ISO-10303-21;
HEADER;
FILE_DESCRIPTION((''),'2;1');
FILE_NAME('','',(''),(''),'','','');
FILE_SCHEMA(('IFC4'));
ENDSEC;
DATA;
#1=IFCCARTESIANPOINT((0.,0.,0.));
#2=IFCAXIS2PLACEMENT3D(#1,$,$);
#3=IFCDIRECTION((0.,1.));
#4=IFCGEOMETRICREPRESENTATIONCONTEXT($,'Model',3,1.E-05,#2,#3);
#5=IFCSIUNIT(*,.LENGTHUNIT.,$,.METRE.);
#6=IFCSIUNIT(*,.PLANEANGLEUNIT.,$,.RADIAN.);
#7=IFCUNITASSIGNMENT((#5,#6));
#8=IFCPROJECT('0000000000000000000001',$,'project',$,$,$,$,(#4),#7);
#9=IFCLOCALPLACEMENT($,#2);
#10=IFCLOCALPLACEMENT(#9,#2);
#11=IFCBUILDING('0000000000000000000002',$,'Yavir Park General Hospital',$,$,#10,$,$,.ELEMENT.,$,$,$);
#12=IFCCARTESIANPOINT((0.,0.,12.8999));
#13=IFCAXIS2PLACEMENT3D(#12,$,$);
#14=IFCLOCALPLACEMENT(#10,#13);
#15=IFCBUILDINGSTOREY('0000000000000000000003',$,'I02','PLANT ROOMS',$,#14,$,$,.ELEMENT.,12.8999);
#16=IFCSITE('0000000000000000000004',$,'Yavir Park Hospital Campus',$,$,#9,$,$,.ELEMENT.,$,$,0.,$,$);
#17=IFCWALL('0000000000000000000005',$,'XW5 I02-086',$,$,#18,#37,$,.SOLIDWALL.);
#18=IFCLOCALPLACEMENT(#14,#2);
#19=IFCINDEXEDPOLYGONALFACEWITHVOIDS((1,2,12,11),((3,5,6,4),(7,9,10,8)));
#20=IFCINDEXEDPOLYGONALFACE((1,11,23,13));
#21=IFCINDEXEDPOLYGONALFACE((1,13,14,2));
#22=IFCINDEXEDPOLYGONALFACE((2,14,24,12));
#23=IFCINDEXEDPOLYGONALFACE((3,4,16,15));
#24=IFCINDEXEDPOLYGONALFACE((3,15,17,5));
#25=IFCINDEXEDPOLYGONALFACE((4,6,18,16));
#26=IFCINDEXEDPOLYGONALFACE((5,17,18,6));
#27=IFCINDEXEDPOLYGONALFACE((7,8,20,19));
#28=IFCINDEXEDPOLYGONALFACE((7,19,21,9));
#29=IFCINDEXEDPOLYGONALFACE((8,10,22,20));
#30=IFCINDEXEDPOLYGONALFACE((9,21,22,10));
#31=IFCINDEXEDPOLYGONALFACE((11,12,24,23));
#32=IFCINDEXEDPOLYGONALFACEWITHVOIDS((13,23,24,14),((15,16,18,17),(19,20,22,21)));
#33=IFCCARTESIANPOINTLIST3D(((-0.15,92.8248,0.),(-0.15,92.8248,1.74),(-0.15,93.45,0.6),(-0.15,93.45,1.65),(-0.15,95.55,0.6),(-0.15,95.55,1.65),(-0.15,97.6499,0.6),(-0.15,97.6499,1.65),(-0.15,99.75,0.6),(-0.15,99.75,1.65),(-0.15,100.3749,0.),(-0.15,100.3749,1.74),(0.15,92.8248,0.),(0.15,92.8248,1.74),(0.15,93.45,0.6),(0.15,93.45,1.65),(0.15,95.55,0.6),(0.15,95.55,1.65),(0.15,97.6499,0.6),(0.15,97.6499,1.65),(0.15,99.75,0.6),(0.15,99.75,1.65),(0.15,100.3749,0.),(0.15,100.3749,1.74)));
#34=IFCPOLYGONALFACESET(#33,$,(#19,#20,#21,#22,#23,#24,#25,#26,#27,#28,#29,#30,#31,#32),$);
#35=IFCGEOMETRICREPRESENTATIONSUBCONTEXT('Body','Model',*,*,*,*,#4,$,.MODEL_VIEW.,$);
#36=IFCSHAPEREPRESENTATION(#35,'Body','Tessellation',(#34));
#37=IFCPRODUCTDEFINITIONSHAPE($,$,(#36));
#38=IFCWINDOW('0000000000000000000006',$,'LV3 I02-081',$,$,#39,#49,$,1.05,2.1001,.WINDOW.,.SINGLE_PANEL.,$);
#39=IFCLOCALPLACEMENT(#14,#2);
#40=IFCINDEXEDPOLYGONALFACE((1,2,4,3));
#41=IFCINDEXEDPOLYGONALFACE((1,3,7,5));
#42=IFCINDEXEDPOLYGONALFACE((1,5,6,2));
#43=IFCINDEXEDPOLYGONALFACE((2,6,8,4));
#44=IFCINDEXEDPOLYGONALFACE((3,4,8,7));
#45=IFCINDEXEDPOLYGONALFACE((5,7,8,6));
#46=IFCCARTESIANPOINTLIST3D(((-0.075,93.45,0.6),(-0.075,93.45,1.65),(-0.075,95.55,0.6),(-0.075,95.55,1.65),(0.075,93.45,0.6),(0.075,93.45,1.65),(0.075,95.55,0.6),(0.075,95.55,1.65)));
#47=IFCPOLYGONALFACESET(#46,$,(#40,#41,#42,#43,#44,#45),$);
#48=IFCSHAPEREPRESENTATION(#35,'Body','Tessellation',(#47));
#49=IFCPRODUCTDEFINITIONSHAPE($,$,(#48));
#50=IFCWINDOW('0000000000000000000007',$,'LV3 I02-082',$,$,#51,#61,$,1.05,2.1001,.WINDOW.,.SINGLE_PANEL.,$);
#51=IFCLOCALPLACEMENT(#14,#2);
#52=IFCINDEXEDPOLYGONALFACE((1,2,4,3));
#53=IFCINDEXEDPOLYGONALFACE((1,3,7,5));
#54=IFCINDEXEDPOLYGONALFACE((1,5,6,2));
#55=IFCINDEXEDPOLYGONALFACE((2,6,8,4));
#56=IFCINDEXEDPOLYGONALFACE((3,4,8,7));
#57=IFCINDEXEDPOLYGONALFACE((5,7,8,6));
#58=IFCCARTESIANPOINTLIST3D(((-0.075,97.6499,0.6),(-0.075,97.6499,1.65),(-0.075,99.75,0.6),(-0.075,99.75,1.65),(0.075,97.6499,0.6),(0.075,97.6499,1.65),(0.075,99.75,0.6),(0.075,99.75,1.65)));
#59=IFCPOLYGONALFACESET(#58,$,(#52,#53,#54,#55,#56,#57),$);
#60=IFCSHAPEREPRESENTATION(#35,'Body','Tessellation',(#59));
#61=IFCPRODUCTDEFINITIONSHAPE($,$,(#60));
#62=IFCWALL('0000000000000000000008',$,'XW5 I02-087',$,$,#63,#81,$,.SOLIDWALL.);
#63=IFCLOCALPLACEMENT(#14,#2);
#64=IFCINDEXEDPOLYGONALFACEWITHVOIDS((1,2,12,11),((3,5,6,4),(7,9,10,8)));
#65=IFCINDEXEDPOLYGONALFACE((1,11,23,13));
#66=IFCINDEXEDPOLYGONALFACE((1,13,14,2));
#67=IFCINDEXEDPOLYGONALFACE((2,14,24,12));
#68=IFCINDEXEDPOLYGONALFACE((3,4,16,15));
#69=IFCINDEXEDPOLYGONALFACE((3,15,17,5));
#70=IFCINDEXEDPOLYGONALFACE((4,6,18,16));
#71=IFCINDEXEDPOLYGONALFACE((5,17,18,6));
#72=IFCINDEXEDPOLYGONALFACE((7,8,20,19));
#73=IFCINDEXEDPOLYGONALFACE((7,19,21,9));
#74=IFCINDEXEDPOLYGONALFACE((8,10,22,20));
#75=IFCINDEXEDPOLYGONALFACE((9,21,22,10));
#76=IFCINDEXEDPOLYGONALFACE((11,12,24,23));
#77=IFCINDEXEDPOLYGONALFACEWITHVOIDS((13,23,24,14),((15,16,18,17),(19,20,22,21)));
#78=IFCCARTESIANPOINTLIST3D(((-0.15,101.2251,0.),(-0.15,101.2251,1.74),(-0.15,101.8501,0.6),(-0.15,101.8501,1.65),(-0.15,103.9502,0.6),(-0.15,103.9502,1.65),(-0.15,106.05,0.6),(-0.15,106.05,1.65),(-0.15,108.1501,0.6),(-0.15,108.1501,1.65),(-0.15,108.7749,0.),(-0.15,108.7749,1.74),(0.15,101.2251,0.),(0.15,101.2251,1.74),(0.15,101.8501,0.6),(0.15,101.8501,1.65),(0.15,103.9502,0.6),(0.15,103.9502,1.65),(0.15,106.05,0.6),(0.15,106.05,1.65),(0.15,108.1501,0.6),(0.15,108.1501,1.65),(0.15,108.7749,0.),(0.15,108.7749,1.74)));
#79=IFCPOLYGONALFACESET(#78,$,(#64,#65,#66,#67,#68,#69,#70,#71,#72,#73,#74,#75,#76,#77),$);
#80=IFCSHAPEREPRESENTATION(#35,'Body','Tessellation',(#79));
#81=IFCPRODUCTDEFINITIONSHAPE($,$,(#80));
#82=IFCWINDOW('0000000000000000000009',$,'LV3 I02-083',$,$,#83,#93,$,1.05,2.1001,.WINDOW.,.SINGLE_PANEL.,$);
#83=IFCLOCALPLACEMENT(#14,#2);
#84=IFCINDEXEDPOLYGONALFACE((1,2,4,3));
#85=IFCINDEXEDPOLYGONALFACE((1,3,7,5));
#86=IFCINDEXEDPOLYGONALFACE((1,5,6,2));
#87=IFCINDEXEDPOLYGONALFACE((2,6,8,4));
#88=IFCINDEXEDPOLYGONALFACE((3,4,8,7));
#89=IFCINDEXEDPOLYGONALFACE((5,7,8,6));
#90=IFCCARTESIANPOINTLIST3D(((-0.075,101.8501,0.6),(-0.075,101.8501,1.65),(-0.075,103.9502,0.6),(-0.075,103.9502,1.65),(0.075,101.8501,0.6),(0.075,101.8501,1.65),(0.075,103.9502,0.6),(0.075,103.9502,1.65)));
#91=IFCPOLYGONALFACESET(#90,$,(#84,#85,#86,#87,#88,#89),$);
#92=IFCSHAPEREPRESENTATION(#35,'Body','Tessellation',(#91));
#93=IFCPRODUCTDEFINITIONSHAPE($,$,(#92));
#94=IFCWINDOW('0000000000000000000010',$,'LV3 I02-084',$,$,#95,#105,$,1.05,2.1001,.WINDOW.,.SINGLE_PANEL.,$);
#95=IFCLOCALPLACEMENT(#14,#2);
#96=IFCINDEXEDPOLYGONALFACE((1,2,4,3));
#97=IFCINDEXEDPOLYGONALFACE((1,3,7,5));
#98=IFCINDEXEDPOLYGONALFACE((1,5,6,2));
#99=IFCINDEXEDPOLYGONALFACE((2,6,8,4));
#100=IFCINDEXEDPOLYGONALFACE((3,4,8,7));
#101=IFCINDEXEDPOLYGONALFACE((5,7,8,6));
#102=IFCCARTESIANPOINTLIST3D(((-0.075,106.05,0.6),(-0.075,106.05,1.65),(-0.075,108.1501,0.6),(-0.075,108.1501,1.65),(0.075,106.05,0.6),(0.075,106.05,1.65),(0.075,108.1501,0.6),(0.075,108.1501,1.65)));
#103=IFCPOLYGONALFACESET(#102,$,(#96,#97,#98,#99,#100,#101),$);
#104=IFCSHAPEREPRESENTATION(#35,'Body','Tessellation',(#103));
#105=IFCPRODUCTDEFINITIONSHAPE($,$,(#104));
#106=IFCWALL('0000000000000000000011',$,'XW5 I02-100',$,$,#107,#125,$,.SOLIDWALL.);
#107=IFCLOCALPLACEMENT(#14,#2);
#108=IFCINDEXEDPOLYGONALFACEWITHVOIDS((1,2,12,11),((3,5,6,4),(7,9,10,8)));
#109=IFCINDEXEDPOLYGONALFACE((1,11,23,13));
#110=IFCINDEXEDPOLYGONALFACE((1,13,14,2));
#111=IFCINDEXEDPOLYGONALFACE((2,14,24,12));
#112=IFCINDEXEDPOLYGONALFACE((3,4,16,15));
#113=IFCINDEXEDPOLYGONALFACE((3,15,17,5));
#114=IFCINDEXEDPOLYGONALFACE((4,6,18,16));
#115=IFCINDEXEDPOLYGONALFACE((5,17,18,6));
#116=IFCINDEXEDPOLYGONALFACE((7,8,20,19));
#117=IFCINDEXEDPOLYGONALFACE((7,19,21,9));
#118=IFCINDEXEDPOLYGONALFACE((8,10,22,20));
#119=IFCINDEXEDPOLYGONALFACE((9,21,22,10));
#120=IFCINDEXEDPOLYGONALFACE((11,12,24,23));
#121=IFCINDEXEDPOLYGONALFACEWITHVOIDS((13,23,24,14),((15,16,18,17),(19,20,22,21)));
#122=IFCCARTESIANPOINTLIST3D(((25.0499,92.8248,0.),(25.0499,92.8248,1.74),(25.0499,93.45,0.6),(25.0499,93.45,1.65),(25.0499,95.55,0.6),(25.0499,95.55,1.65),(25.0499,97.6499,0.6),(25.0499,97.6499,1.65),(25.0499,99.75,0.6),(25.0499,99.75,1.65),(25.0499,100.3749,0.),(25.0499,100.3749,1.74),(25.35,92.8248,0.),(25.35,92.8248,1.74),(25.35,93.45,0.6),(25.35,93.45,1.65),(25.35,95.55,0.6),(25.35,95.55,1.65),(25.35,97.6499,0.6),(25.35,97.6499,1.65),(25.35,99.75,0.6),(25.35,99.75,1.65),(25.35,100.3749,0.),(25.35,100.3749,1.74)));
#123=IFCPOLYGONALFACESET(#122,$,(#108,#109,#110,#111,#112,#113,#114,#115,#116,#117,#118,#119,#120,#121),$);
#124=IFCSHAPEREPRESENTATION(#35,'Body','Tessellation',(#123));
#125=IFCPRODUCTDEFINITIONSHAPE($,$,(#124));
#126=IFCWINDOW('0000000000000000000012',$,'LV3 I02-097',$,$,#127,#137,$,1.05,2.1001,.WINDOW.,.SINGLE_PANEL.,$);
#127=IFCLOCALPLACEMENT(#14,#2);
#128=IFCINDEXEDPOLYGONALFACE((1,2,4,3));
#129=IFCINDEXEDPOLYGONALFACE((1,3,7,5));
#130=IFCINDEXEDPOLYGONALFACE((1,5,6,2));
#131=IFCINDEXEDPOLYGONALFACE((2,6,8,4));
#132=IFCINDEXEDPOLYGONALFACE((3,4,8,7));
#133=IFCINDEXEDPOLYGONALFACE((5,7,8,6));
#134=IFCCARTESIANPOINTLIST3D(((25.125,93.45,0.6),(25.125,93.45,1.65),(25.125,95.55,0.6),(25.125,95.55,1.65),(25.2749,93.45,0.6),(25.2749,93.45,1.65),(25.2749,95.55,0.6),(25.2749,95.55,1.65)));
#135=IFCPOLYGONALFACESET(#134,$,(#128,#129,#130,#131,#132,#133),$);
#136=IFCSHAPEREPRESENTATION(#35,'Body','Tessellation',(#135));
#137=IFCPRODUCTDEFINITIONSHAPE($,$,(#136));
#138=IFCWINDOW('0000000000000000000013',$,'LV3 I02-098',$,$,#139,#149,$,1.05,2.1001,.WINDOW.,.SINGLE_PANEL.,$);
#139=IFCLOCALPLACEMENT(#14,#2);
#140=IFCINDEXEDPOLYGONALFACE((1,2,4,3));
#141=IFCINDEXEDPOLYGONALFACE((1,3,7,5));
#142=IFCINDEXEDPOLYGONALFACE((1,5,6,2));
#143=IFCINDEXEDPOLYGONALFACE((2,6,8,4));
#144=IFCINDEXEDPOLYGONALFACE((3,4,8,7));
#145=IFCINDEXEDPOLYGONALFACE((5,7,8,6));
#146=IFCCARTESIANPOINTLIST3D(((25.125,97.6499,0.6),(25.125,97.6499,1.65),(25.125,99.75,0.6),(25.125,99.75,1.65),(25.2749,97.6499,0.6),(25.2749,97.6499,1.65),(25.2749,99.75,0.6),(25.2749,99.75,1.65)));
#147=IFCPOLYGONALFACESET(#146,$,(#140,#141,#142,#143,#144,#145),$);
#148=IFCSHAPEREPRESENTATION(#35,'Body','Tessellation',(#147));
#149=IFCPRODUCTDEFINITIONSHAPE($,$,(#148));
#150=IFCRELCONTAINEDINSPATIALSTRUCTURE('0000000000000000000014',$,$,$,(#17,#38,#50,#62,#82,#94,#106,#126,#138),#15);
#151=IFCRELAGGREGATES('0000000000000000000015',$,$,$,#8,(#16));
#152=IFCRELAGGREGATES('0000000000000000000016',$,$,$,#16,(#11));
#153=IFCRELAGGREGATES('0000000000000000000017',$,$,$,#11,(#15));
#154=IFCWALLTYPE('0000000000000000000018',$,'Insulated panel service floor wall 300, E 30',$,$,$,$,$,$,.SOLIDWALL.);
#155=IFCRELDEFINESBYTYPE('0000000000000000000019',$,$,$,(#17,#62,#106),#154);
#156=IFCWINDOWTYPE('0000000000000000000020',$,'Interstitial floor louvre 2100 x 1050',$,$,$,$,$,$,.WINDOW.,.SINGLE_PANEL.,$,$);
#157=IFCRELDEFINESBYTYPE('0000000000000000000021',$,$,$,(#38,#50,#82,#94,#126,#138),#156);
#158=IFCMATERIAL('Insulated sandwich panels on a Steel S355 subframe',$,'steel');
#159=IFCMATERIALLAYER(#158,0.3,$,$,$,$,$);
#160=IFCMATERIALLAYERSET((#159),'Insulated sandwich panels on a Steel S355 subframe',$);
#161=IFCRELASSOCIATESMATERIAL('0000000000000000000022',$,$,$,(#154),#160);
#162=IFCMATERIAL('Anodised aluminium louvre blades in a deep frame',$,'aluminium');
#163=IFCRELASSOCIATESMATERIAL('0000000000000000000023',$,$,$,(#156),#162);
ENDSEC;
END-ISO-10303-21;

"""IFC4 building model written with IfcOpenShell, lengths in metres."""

from ifc_helpers import new_model, si_unit, direction, frame, frame_2d, origin, place, context, subcontext, project, spatial, rectangle, extrude, material, layer, layer_set, type_object, element, fill, save


model = new_model("IFC4")

# Units and contexts
model_context = context("Model", 3, precision=1e-05, world=origin(), true_north=direction((0.0, 1.0)))
body_context = subcontext(model_context, "Body", "Model", "MODEL_VIEW")
ifc_project = project(units=[si_unit("LENGTHUNIT", "METRE"), si_unit("PLANEANGLEUNIT", "RADIAN")], contexts=[model_context])

# Site, building, storey
site_placement = place(None, origin())
site = spatial("IfcSite", under=ifc_project, at=site_placement, Name="Yavir Park Hospital Campus", CompositionType="ELEMENT", RefElevation=0.0)
building_placement = place(site_placement, origin())
building = spatial("IfcBuilding", under=site, at=building_placement, Name="Yavir Park General Hospital", CompositionType="ELEMENT")
storey_placement = place(building_placement, frame((0.0, 0.0, 12.8999)))
storey = spatial("IfcBuildingStorey", under=building, at=storey_placement, Name="I02", Description="PLANT ROOMS", CompositionType="ELEMENT", Elevation=12.8999)

# Walls, openings, windows
ifc_material_1 = material(Name="Insulated sandwich panels on a Steel S355 subframe", Category="steel")
ifc_layer_1 = layer(ifc_material_1, 0.3)
ifc_layer_set_1 = layer_set([ifc_layer_1], Name="Insulated sandwich panels on a Steel S355 subframe")
wall_type_1 = type_object("IfcWallType", Name="Insulated panel service floor wall 300, E 30", PredefinedType="SOLIDWALL", material=ifc_layer_set_1)
wall_1_placement = place(storey_placement, frame((0.0, 92.825, 0.0), z_axis=(0.0, 0.0, 1.0), x_axis=(0.0, 1.0, 0.0)))
wall_1 = element("IfcWall", 1, at=wall_1_placement, inside=storey, type_object=wall_type_1, Name="XW5 I02-086", PredefinedType="SOLIDWALL", context=body_context, shape_type="SweptSolid", body=[
    extrude(rectangle(XDim=7.55, YDim=0.3, at=frame_2d((3.7749, 0.0))), origin(), (0.0, 0.0, 1.0), 1.74),
])
opening_1_placement = place(wall_1_placement, frame((0.625, 0.0, 0.6001)))
opening_1 = element("IfcOpeningElement", 2, at=opening_1_placement, cuts=wall_1, PredefinedType="OPENING", context=body_context, shape_type="SweptSolid", body=[
    extrude(rectangle(XDim=2.1001, YDim=1.05, at=frame_2d((1.05, 0.5249))), frame((0.0, 0.1599, 0.0), z_axis=(0.0, -1.0, 0.0), x_axis=(1.0, 0.0, 0.0)), (0.0, 0.0, 1.0), 0.3201),
])
opening_2_placement = place(wall_1_placement, frame((4.825, 0.0, 0.6001)))
opening_2 = element("IfcOpeningElement", 3, at=opening_2_placement, cuts=wall_1, PredefinedType="OPENING", context=body_context, shape_type="SweptSolid", body=[
    extrude(rectangle(XDim=2.1001, YDim=1.05, at=frame_2d((1.05, 0.5249))), frame((0.0, 0.1599, 0.0), z_axis=(0.0, -1.0, 0.0), x_axis=(1.0, 0.0, 0.0)), (0.0, 0.0, 1.0), 0.3201),
])
ifc_material_2 = material(Name="Anodised aluminium louvre blades in a deep frame", Category="aluminium")
window_type = type_object("IfcWindowType", Name="Interstitial floor louvre 2100 x 1050", PartitioningType="SINGLE_PANEL", PredefinedType="WINDOW", material=ifc_material_2)
window_1_placement = place(opening_1_placement, origin())
window_1 = element("IfcWindow", 4, at=window_1_placement, inside=storey, type_object=window_type, Name="LV3 I02-081", OverallHeight=1.05, OverallWidth=2.1001, PartitioningType="SINGLE_PANEL", PredefinedType="WINDOW", context=body_context, shape_type="SweptSolid", body=[
    extrude(rectangle(XDim=2.1001, YDim=1.05, at=frame_2d((1.05, 0.5249))), frame((0.0, 0.075, 0.0), z_axis=(0.0, -1.0, 0.0), x_axis=(1.0, 0.0, 0.0)), (0.0, 0.0, 1.0), 0.1499),
])
fill(opening_1, window_1)
window_2_placement = place(opening_2_placement, origin())
window_2 = element("IfcWindow", 5, at=window_2_placement, inside=storey, type_object=window_type, Name="LV3 I02-082", OverallHeight=1.05, OverallWidth=2.1001, PartitioningType="SINGLE_PANEL", PredefinedType="WINDOW", context=body_context, shape_type="SweptSolid", body=[
    extrude(rectangle(XDim=2.1001, YDim=1.05, at=frame_2d((1.05, 0.5249))), frame((0.0, 0.075, 0.0), z_axis=(0.0, -1.0, 0.0), x_axis=(1.0, 0.0, 0.0)), (0.0, 0.0, 1.0), 0.1499),
])
fill(opening_2, window_2)
wall_2_placement = place(storey_placement, frame((0.0, 101.2251, 0.0), z_axis=(0.0, 0.0, 1.0), x_axis=(0.0, 1.0, 0.0)))
wall_2 = element("IfcWall", 6, at=wall_2_placement, inside=storey, type_object=wall_type_1, Name="XW5 I02-087", PredefinedType="SOLIDWALL", context=body_context, shape_type="SweptSolid", body=[
    extrude(rectangle(XDim=7.5498, YDim=0.3, at=frame_2d((3.7749, 0.0))), origin(), (0.0, 0.0, 1.0), 1.74),
])
opening_3_placement = place(wall_2_placement, frame((0.625, 0.0, 0.6001)))
opening_3 = element("IfcOpeningElement", 7, at=opening_3_placement, cuts=wall_2, PredefinedType="OPENING", context=body_context, shape_type="SweptSolid", body=[
    extrude(rectangle(XDim=2.1001, YDim=1.05, at=frame_2d((1.05, 0.5249))), frame((0.0, 0.1599, 0.0), z_axis=(0.0, -1.0, 0.0), x_axis=(1.0, 0.0, 0.0)), (0.0, 0.0, 1.0), 0.3201),
])
opening_4_placement = place(wall_2_placement, frame((4.825, 0.0, 0.6001)))
opening_4 = element("IfcOpeningElement", 8, at=opening_4_placement, cuts=wall_2, PredefinedType="OPENING", context=body_context, shape_type="SweptSolid", body=[
    extrude(rectangle(XDim=2.1001, YDim=1.05, at=frame_2d((1.05, 0.5249))), frame((0.0, 0.1599, 0.0), z_axis=(0.0, -1.0, 0.0), x_axis=(1.0, 0.0, 0.0)), (0.0, 0.0, 1.0), 0.3201),
])
window_3_placement = place(opening_3_placement, origin())
window_3 = element("IfcWindow", 9, at=window_3_placement, inside=storey, type_object=window_type, Name="LV3 I02-083", OverallHeight=1.05, OverallWidth=2.1001, PartitioningType="SINGLE_PANEL", PredefinedType="WINDOW", context=body_context, shape_type="SweptSolid", body=[
    extrude(rectangle(XDim=2.1001, YDim=1.05, at=frame_2d((1.05, 0.5249))), frame((0.0, 0.075, 0.0), z_axis=(0.0, -1.0, 0.0), x_axis=(1.0, 0.0, 0.0)), (0.0, 0.0, 1.0), 0.1499),
])
fill(opening_3, window_3)
window_4_placement = place(opening_4_placement, origin())
window_4 = element("IfcWindow", 10, at=window_4_placement, inside=storey, type_object=window_type, Name="LV3 I02-084", OverallHeight=1.05, OverallWidth=2.1001, PartitioningType="SINGLE_PANEL", PredefinedType="WINDOW", context=body_context, shape_type="SweptSolid", body=[
    extrude(rectangle(XDim=2.1001, YDim=1.05, at=frame_2d((1.05, 0.5249))), frame((0.0, 0.075, 0.0), z_axis=(0.0, -1.0, 0.0), x_axis=(1.0, 0.0, 0.0)), (0.0, 0.0, 1.0), 0.1499),
])
fill(opening_4, window_4)
wall_3_placement = place(storey_placement, frame((25.2, 92.825, 0.0), z_axis=(0.0, 0.0, 1.0), x_axis=(0.0, 1.0, 0.0)))
wall_3 = element("IfcWall", 11, at=wall_3_placement, inside=storey, type_object=wall_type_1, Name="XW5 I02-100", PredefinedType="SOLIDWALL", context=body_context, shape_type="SweptSolid", body=[
    extrude(rectangle(XDim=7.55, YDim=0.3, at=frame_2d((3.7749, 0.0))), origin(), (0.0, 0.0, 1.0), 1.74),
])
opening_5_placement = place(wall_3_placement, frame((0.625, 0.0, 0.6001)))
opening_5 = element("IfcOpeningElement", 12, at=opening_5_placement, cuts=wall_3, PredefinedType="OPENING", context=body_context, shape_type="SweptSolid", body=[
    extrude(rectangle(XDim=2.1001, YDim=1.05, at=frame_2d((1.05, 0.5249))), frame((0.0, 0.1599, 0.0), z_axis=(0.0, -1.0, 0.0), x_axis=(1.0, 0.0, 0.0)), (0.0, 0.0, 1.0), 0.3201),
])
opening_6_placement = place(wall_3_placement, frame((4.825, 0.0, 0.6001)))
opening_6 = element("IfcOpeningElement", 13, at=opening_6_placement, cuts=wall_3, PredefinedType="OPENING", context=body_context, shape_type="SweptSolid", body=[
    extrude(rectangle(XDim=2.1001, YDim=1.05, at=frame_2d((1.05, 0.5249))), frame((0.0, 0.1599, 0.0), z_axis=(0.0, -1.0, 0.0), x_axis=(1.0, 0.0, 0.0)), (0.0, 0.0, 1.0), 0.3201),
])
window_5_placement = place(opening_5_placement, origin())
window_5 = element("IfcWindow", 14, at=window_5_placement, inside=storey, type_object=window_type, Name="LV3 I02-097", OverallHeight=1.05, OverallWidth=2.1001, PartitioningType="SINGLE_PANEL", PredefinedType="WINDOW", context=body_context, shape_type="SweptSolid", body=[
    extrude(rectangle(XDim=2.1001, YDim=1.05, at=frame_2d((1.05, 0.5249))), frame((0.0, 0.075, 0.0), z_axis=(0.0, -1.0, 0.0), x_axis=(1.0, 0.0, 0.0)), (0.0, 0.0, 1.0), 0.1499),
])
fill(opening_5, window_5)
window_6_placement = place(opening_6_placement, origin())
window_6 = element("IfcWindow", 15, at=window_6_placement, inside=storey, type_object=window_type, Name="LV3 I02-098", OverallHeight=1.05, OverallWidth=2.1001, PartitioningType="SINGLE_PANEL", PredefinedType="WINDOW", context=body_context, shape_type="SweptSolid", body=[
    extrude(rectangle(XDim=2.1001, YDim=1.05, at=frame_2d((1.05, 0.5249))), frame((0.0, 0.075, 0.0), z_axis=(0.0, -1.0, 0.0), x_axis=(1.0, 0.0, 0.0)), (0.0, 0.0, 1.0), 0.1499),
])
fill(opening_6, window_6)

save(model, "model.ifc")
